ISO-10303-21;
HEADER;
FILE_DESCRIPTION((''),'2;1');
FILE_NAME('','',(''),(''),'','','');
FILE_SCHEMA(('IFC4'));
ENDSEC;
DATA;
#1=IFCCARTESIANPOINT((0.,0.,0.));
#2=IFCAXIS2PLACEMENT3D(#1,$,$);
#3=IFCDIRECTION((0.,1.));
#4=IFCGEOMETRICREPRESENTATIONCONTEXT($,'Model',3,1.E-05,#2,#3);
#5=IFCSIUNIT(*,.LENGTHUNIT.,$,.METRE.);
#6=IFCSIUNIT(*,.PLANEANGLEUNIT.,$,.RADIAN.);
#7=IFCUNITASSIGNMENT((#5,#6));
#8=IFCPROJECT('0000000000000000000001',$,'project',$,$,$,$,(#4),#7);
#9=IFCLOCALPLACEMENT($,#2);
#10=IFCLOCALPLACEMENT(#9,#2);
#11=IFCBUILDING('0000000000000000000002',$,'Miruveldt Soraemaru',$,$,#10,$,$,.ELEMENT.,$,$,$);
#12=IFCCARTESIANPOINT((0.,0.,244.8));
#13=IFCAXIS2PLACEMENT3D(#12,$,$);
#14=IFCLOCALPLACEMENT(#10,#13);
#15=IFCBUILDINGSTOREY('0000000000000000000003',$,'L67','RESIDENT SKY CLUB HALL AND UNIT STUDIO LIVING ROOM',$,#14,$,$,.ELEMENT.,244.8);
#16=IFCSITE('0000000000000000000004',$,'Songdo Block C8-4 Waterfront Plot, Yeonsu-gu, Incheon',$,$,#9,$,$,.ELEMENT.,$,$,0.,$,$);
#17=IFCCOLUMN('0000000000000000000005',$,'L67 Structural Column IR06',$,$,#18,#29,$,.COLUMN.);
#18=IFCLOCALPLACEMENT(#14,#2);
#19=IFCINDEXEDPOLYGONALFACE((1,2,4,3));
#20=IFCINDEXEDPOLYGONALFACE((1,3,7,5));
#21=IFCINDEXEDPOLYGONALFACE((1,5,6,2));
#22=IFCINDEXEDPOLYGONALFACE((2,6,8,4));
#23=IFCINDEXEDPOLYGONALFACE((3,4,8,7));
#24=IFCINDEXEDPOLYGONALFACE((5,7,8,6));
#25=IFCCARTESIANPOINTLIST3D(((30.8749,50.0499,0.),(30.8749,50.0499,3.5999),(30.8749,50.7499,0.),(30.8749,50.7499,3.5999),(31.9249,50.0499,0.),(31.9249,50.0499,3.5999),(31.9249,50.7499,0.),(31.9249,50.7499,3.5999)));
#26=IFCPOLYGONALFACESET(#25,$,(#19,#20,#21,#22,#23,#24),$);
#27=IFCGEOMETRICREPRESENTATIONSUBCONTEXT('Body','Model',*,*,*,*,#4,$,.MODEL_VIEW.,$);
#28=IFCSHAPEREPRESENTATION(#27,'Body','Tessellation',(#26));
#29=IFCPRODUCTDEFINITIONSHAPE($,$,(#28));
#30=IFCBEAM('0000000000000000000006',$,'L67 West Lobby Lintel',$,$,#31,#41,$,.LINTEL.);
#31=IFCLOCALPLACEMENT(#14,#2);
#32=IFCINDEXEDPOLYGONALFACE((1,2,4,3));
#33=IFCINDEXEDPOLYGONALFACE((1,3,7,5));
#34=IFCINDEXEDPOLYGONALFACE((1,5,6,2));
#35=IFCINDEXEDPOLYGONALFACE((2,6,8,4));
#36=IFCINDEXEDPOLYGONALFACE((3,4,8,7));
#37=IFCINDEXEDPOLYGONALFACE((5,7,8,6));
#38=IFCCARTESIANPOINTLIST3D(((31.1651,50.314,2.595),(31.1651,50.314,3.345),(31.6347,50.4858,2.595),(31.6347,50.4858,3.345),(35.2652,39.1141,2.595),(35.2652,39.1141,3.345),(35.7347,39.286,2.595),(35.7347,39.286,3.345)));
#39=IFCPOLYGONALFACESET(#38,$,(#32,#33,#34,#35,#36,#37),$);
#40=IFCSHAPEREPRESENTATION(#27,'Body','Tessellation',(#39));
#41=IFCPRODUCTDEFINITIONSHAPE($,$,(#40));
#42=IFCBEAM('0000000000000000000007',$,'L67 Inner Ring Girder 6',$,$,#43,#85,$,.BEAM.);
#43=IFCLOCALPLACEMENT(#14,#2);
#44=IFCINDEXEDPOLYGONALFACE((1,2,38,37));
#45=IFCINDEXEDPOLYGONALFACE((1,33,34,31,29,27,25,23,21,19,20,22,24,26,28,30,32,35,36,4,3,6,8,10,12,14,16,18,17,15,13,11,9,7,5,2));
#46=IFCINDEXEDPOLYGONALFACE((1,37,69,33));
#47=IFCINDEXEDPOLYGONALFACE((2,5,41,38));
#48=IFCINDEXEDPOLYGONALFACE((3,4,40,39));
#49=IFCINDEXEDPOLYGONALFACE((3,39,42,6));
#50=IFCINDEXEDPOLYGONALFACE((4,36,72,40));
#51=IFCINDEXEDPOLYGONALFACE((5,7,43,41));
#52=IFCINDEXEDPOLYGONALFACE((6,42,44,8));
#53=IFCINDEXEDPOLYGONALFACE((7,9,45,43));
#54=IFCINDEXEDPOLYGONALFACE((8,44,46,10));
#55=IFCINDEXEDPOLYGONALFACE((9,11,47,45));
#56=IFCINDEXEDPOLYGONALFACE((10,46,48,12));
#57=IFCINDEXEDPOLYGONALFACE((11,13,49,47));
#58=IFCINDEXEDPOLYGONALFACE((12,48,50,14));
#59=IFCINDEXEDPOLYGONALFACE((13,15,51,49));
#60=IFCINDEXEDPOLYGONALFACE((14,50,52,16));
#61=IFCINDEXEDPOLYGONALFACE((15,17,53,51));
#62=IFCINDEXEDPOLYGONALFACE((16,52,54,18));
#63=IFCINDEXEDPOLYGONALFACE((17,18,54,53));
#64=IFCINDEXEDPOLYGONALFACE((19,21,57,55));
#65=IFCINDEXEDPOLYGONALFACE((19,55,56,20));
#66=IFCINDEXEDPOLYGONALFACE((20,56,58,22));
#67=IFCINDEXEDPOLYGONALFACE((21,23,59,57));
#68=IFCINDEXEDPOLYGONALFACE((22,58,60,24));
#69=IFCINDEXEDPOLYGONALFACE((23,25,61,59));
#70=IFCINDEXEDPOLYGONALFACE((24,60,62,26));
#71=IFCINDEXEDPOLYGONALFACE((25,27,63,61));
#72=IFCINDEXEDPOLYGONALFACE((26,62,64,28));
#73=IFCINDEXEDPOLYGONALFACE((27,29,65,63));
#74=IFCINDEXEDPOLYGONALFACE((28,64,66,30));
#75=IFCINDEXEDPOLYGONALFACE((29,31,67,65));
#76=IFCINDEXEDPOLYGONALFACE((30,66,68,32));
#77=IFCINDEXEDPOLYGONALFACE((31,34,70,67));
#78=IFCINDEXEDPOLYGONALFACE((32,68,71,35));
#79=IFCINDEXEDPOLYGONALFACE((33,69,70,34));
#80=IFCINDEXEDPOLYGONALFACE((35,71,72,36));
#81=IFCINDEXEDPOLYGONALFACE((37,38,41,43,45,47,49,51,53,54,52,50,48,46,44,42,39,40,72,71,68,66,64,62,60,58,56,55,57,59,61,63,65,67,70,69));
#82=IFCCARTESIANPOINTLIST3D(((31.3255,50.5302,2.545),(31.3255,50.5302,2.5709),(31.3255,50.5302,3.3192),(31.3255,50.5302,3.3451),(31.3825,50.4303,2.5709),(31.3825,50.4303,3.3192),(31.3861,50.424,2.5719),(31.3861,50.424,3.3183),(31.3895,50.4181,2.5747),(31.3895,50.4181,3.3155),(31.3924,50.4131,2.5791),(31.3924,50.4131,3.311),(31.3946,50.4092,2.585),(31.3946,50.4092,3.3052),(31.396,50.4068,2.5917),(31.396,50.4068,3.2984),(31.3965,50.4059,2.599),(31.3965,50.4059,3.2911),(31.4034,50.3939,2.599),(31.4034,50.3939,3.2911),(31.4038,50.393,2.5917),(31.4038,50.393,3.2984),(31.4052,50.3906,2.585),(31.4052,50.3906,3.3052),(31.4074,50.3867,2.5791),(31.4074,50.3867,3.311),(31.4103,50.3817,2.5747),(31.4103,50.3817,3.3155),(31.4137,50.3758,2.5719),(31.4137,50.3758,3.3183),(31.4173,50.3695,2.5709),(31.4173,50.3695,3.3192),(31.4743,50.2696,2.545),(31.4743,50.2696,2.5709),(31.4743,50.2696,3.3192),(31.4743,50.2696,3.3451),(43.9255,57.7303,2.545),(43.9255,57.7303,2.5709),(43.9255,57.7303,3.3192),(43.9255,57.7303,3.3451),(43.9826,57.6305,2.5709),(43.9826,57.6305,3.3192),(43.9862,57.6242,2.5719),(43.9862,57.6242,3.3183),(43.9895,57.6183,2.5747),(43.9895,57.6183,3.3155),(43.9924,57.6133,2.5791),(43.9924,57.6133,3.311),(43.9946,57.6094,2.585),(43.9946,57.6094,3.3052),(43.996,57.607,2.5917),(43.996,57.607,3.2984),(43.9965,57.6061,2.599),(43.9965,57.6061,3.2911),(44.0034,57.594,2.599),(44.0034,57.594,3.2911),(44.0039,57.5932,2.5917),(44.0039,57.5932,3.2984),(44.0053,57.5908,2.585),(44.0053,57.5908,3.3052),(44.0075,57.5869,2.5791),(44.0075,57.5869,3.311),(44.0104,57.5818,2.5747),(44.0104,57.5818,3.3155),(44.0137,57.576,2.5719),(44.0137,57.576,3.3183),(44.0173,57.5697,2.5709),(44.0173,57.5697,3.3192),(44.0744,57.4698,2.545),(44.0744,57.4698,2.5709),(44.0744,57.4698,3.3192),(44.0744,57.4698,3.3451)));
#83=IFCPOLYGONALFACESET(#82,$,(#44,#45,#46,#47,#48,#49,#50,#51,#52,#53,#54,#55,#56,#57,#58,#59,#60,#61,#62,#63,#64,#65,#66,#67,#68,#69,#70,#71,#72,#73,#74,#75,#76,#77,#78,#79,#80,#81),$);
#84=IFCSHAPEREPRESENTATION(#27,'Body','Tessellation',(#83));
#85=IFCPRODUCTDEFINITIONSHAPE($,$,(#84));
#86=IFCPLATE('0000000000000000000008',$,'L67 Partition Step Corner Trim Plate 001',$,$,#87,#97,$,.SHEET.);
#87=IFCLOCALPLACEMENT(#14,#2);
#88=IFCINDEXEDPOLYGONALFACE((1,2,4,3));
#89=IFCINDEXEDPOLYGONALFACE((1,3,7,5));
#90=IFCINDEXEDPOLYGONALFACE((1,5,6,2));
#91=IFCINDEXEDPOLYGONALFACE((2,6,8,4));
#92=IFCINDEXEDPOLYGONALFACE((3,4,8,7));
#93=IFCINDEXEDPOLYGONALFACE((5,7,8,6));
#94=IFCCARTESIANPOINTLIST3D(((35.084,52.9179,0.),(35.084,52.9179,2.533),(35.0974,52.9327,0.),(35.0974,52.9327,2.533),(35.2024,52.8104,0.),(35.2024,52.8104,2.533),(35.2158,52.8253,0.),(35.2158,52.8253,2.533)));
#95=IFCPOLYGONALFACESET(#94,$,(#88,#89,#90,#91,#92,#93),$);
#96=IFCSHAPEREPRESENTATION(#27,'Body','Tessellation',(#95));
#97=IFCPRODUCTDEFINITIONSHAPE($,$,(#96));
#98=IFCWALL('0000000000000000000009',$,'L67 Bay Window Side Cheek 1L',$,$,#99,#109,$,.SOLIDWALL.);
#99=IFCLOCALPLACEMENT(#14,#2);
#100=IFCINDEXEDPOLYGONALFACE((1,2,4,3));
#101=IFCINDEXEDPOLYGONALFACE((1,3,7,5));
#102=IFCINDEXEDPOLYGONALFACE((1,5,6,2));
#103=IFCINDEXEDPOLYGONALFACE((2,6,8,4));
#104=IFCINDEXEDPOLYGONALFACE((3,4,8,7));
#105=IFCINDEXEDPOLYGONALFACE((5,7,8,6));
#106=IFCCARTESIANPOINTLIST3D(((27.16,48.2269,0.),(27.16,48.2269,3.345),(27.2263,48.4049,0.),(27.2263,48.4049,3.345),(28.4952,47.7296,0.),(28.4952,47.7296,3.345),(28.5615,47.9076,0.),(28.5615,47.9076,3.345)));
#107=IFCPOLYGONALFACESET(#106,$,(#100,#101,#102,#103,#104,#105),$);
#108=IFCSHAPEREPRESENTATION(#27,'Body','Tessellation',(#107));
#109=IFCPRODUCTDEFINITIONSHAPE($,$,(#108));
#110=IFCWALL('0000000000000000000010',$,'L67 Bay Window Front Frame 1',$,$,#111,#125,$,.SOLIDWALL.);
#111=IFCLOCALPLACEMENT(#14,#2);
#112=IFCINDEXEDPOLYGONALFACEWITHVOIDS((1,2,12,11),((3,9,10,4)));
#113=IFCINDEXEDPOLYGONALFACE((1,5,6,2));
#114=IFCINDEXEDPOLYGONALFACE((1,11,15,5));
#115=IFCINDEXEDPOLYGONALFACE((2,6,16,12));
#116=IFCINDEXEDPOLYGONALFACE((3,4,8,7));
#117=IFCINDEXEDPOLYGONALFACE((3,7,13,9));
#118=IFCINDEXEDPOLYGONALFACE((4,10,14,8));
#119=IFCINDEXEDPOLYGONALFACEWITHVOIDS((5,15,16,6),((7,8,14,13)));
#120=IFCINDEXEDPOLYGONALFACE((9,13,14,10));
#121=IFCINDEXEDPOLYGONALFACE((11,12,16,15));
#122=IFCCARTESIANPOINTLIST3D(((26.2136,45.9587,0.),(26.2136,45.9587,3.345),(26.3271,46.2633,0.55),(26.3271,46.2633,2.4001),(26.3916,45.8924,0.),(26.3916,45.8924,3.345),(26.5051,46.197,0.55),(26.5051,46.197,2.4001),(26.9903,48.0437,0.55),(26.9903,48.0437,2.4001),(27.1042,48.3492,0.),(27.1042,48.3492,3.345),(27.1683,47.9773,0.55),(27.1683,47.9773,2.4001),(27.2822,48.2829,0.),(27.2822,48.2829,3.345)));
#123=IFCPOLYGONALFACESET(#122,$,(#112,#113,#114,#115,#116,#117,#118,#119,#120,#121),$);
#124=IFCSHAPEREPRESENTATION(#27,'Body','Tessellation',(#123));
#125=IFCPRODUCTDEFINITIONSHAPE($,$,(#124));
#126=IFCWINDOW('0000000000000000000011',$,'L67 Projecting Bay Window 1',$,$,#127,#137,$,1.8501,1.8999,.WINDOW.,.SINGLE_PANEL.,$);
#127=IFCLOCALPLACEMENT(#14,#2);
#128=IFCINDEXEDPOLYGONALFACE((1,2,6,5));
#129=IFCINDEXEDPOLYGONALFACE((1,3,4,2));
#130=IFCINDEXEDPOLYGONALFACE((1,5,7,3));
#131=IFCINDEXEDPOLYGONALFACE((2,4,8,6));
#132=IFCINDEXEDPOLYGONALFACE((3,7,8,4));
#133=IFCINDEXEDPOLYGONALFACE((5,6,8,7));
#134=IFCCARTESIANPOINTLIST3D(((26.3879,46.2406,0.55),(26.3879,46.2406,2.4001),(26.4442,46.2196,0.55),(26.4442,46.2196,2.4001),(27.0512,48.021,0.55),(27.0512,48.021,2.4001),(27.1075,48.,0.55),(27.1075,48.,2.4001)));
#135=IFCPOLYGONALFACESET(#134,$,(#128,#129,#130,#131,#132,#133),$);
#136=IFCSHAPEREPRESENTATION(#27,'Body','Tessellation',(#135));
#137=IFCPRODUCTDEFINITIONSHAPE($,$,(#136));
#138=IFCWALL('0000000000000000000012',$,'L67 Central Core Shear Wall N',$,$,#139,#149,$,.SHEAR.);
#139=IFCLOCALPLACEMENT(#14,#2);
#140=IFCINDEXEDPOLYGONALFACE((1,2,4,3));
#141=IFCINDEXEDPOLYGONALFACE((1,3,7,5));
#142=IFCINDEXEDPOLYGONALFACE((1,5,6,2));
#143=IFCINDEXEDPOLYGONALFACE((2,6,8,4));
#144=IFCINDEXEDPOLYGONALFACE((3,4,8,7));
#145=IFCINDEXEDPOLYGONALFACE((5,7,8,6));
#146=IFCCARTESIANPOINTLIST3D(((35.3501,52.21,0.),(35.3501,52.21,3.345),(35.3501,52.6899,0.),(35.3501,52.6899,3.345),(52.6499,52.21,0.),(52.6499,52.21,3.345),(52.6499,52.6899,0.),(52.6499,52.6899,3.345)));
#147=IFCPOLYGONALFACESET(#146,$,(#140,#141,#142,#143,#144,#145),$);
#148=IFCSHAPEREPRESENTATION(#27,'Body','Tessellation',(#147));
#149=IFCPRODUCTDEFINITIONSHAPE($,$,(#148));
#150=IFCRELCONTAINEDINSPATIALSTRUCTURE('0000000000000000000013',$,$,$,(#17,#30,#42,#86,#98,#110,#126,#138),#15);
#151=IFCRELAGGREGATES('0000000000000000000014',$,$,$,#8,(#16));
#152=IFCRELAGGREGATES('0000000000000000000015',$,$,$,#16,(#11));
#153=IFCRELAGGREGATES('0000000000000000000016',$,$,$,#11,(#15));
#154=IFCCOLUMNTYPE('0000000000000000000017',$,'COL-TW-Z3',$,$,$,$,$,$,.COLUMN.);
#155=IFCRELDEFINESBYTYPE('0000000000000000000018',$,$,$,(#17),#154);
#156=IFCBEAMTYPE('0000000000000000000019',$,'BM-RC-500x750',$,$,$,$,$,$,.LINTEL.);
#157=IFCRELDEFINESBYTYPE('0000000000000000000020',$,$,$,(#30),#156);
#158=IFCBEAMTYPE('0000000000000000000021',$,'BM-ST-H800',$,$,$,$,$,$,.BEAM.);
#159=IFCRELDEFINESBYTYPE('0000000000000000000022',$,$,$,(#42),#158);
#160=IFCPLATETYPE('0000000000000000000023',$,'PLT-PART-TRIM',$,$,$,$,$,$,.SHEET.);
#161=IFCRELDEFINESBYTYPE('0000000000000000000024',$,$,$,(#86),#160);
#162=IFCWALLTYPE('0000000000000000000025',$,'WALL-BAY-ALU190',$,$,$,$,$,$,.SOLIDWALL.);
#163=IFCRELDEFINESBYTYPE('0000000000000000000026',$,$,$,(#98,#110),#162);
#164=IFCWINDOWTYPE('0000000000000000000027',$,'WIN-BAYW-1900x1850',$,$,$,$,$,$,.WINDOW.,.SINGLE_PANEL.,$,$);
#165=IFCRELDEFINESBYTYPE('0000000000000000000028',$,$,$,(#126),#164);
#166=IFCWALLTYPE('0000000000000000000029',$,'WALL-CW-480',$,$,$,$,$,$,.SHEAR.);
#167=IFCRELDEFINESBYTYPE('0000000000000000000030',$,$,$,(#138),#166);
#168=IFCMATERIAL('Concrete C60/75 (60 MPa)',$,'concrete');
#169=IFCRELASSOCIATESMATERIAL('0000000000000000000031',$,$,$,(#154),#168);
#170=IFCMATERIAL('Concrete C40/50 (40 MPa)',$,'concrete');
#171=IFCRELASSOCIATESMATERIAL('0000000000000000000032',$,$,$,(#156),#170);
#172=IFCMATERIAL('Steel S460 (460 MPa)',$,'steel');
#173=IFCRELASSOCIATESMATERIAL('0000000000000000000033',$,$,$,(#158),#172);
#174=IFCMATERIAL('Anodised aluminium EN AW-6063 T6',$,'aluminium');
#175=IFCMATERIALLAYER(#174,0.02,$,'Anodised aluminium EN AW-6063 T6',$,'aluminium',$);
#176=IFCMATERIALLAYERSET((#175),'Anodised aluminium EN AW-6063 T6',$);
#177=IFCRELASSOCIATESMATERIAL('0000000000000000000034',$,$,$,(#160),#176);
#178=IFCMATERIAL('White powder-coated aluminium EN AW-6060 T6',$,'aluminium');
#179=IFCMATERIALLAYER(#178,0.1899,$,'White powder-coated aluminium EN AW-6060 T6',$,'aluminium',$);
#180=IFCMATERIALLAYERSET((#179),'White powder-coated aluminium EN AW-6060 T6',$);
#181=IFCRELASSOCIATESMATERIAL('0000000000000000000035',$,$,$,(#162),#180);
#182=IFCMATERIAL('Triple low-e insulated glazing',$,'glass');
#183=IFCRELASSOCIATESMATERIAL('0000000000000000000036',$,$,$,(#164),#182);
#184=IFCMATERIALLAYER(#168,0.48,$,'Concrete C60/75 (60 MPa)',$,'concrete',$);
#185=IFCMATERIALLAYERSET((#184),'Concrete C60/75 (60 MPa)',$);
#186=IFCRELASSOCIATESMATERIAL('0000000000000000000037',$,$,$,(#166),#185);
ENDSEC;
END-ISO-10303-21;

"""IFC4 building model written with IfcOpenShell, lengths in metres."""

from ifc_helpers import new_model, si_unit, direction, frame, frame_2d, origin, origin_2d, place, context, subcontext, project, spatial, rectangle, i_section, extrude, material, layer, layer_set, material_profile, profile_set, type_object, element, fill, save


model = new_model("IFC4")

# Units and contexts
model_context = context("Model", 3, precision=1e-05, world=origin(), true_north=direction((0.0, 1.0)))
body_context = subcontext(model_context, "Body", "Model", "MODEL_VIEW")
ifc_project = project(units=[si_unit("LENGTHUNIT", "METRE"), si_unit("PLANEANGLEUNIT", "RADIAN")], contexts=[model_context])

# Site, building, storey
site_placement = place(None, origin())
site = spatial("IfcSite", under=ifc_project, at=site_placement, Name="Songdo Block C8-4 Waterfront Plot, Yeonsu-gu, Incheon", CompositionType="ELEMENT", RefElevation=0.0)
building_placement = place(site_placement, origin())
building = spatial("IfcBuilding", under=site, at=building_placement, Name="Miruveldt Soraemaru", CompositionType="ELEMENT")
storey_placement = place(building_placement, frame((0.0, 0.0, 244.8)))
storey = spatial("IfcBuildingStorey", under=building, at=storey_placement, Name="L67", Description="RESIDENT SKY CLUB HALL AND UNIT STUDIO LIVING ROOM", CompositionType="ELEMENT", Elevation=244.8)

# Column
ifc_material_1 = material(Name="Concrete C60/75 (60 MPa)", Category="concrete")
ifc_material_profile_1 = material_profile(ifc_material_1, rectangle(XDim=1.05, YDim=0.7, at=origin_2d()), Name="Concrete C60/75 (60 MPa)", Category="concrete")
ifc_profile_set_1 = profile_set([ifc_material_profile_1], Name="Concrete C60/75 (60 MPa)")
column_type = type_object("IfcColumnType", Name="COL-TW-Z3", PredefinedType="COLUMN", material=ifc_profile_set_1)
column_placement = place(storey_placement, frame((31.3999, 50.3999, 0.0), z_axis=(0.0, 0.0, 1.0), x_axis=(1.0, 0.0, 0.0)))
element("IfcColumn", 1, at=column_placement, inside=storey, type_object=column_type, Name="L67 Structural Column IR06", PredefinedType="COLUMN", context=body_context, shape_type="SweptSolid", body=[
    extrude(rectangle(XDim=1.05, YDim=0.7, at=origin_2d()), origin(), (0.0, 0.0, 1.0), 3.5999),
])

# Beams
ifc_material_2 = material(Name="Concrete C40/50 (40 MPa)", Category="concrete")
ifc_material_profile_2 = material_profile(ifc_material_2, rectangle(XDim=0.5, YDim=0.75, at=origin_2d()), Name="Concrete C40/50 (40 MPa)", Category="concrete")
ifc_profile_set_2 = profile_set([ifc_material_profile_2], Name="Concrete C40/50 (40 MPa)")
beam_type_1 = type_object("IfcBeamType", Name="BM-RC-500x750", PredefinedType="LINTEL", material=ifc_profile_set_2)
beam_1_placement = place(storey_placement, frame((31.3999, 50.3999, 2.97), z_axis=(0.34377, -0.939054, 0.0), x_axis=(0.939054, 0.34377, 0.0)))
element("IfcBeam", 2, at=beam_1_placement, inside=storey, type_object=beam_type_1, Name="L67 West Lobby Lintel", PredefinedType="LINTEL", context=body_context, shape_type="SweptSolid", body=[
    extrude(rectangle(XDim=0.5, YDim=0.75, at=origin_2d()), origin(), (0.0, 0.0, 1.0), 11.9268),
])
ifc_material_3 = material(Name="Steel S460 (460 MPa)", Category="steel")
ifc_material_profile_3 = material_profile(ifc_material_3, i_section(OverallWidth=0.3, OverallDepth=0.8, WebThickness=0.0139, FlangeThickness=0.0259, FilletRadius=0.0281, at=origin_2d()), Name="Steel S460 (460 MPa)", Category="steel")
ifc_profile_set_3 = profile_set([ifc_material_profile_3], Name="Steel S460 (460 MPa)")
beam_type_2 = type_object("IfcBeamType", Name="BM-ST-H800", PredefinedType="BEAM", material=ifc_profile_set_3)
beam_2_placement = place(storey_placement, frame((31.3999, 50.3999, 2.9451), z_axis=(0.868239, 0.496146, 0.0), x_axis=(-0.496146, 0.868239, 0.0)))
element("IfcBeam", 3, at=beam_2_placement, inside=storey, type_object=beam_type_2, Name="L67 Inner Ring Girder 6", PredefinedType="BEAM", context=body_context, shape_type="SweptSolid", body=[
    extrude(i_section(OverallWidth=0.3, OverallDepth=0.8, WebThickness=0.0139, FlangeThickness=0.0259, FilletRadius=0.0281, at=origin_2d()), origin(), (0.0, 0.0, 1.0), 14.5122),
])

# Plate
ifc_material_4 = material(Name="Anodised aluminium EN AW-6063 T6", Category="aluminium")
ifc_layer_1 = layer(ifc_material_4, 0.02, Name="Anodised aluminium EN AW-6063 T6", Category="aluminium")
ifc_layer_set_1 = layer_set([ifc_layer_1], Name="Anodised aluminium EN AW-6063 T6")
plate_type = type_object("IfcPlateType", Name="PLT-PART-TRIM", PredefinedType="SHEET", material=ifc_layer_set_1)
plate_placement = place(storey_placement, frame((35.1499, 52.8716, 0.0), z_axis=(0.0, 0.0, 1.0), x_axis=(0.74057, -0.671979, 0.0)))
element("IfcPlate", 4, at=plate_placement, inside=storey, type_object=plate_type, Name="L67 Partition Step Corner Trim Plate 001", PredefinedType="SHEET", context=body_context, shape_type="SweptSolid", body=[
    extrude(rectangle(XDim=0.1599, YDim=0.02, at=origin_2d()), origin(), (0.0, 0.0, 1.0), 2.533),
])

# Wall
ifc_material_5 = material(Name="White powder-coated aluminium EN AW-6060 T6", Category="aluminium")
ifc_layer_2 = layer(ifc_material_5, 0.1899, Name="White powder-coated aluminium EN AW-6060 T6", Category="aluminium")
ifc_layer_set_2 = layer_set([ifc_layer_2], Name="White powder-coated aluminium EN AW-6060 T6")
wall_type_1 = type_object("IfcWallType", Name="WALL-BAY-ALU190", PredefinedType="SOLIDWALL", material=ifc_layer_set_2)
wall_1_placement = place(storey_placement, frame((28.5283, 47.8186, 0.0), z_axis=(0.0, 0.0, 1.0), x_axis=(-0.937108, 0.349038, 0.0)))
element("IfcWall", 5, at=wall_1_placement, inside=storey, type_object=wall_type_1, Name="L67 Bay Window Side Cheek 1L", PredefinedType="SOLIDWALL", context=body_context, shape_type="SweptSolid", body=[
    extrude(rectangle(XDim=1.4248, YDim=0.1899, at=frame_2d((0.7124, 0.0))), origin(), (0.0, 0.0, 1.0), 3.345),
])

# Wall, opening, window
wall_2_placement = place(storey_placement, frame((27.1931, 48.3159, 0.0), z_axis=(0.0, 0.0, 1.0), x_axis=(-0.349109, -0.937082, 0.0)))
wall_2 = element("IfcWall", 6, at=wall_2_placement, inside=storey, type_object=wall_type_1, Name="L67 Bay Window Front Frame 1", PredefinedType="SOLIDWALL", context=body_context, shape_type="SweptSolid", body=[
    extrude(rectangle(XDim=2.551, YDim=0.1899, at=frame_2d((1.2754, 0.0))), origin(), (0.0, 0.0, 1.0), 3.345),
])
opening_1_placement = place(wall_2_placement, frame((0.3259, 0.0, 0.55)))
opening_1 = element("IfcOpeningElement", 7, at=opening_1_placement, cuts=wall_2, PredefinedType="OPENING", context=body_context, shape_type="SweptSolid", body=[
    extrude(rectangle(XDim=1.8999, YDim=1.8501, at=frame_2d((0.95, 0.925))), frame((0.0, 0.105, 0.0), z_axis=(0.0, -1.0, 0.0), x_axis=(1.0, 0.0, 0.0)), (0.0, 0.0, 1.0), 0.21),
])
ifc_material_6 = material(Name="Triple low-e insulated glazing", Category="glass")
window_type_1 = type_object("IfcWindowType", Name="WIN-BAYW-1900x1850", PartitioningType="SINGLE_PANEL", PredefinedType="WINDOW", material=ifc_material_6)
window_1_placement = place(opening_1_placement, origin())
window_1 = element("IfcWindow", 8, at=window_1_placement, inside=storey, type_object=window_type_1, Name="L67 Projecting Bay Window 1", OverallHeight=1.8501, OverallWidth=1.8999, PartitioningType="SINGLE_PANEL", PredefinedType="WINDOW", context=body_context, shape_type="SweptSolid", body=[
    extrude(rectangle(XDim=1.8999, YDim=1.8501, at=frame_2d((0.95, 0.925))), frame((0.0, 0.03, 0.0), z_axis=(0.0, -1.0, 0.0), x_axis=(1.0, 0.0, 0.0)), (0.0, 0.0, 1.0), 0.0601),
])
fill(opening_1, window_1)

# Wall
ifc_layer_3 = layer(ifc_material_1, 0.48, Name="Concrete C60/75 (60 MPa)", Category="concrete")
ifc_layer_set_3 = layer_set([ifc_layer_3], Name="Concrete C60/75 (60 MPa)")
wall_type_2 = type_object("IfcWallType", Name="WALL-CW-480", PredefinedType="SHEAR", material=ifc_layer_set_3)
wall_3_placement = place(storey_placement, frame((35.3501, 52.45, 0.0), z_axis=(0.0, 0.0, 1.0), x_axis=(1.0, 0.0, 0.0)))
element("IfcWall", 9, at=wall_3_placement, inside=storey, type_object=wall_type_2, Name="L67 Central Core Shear Wall N", PredefinedType="SHEAR", context=body_context, shape_type="SweptSolid", body=[
    extrude(rectangle(XDim=17.2998, YDim=0.48, at=frame_2d((8.6499, 0.0))), origin(), (0.0, 0.0, 1.0), 3.345),
])

save(model, "model.ifc")
